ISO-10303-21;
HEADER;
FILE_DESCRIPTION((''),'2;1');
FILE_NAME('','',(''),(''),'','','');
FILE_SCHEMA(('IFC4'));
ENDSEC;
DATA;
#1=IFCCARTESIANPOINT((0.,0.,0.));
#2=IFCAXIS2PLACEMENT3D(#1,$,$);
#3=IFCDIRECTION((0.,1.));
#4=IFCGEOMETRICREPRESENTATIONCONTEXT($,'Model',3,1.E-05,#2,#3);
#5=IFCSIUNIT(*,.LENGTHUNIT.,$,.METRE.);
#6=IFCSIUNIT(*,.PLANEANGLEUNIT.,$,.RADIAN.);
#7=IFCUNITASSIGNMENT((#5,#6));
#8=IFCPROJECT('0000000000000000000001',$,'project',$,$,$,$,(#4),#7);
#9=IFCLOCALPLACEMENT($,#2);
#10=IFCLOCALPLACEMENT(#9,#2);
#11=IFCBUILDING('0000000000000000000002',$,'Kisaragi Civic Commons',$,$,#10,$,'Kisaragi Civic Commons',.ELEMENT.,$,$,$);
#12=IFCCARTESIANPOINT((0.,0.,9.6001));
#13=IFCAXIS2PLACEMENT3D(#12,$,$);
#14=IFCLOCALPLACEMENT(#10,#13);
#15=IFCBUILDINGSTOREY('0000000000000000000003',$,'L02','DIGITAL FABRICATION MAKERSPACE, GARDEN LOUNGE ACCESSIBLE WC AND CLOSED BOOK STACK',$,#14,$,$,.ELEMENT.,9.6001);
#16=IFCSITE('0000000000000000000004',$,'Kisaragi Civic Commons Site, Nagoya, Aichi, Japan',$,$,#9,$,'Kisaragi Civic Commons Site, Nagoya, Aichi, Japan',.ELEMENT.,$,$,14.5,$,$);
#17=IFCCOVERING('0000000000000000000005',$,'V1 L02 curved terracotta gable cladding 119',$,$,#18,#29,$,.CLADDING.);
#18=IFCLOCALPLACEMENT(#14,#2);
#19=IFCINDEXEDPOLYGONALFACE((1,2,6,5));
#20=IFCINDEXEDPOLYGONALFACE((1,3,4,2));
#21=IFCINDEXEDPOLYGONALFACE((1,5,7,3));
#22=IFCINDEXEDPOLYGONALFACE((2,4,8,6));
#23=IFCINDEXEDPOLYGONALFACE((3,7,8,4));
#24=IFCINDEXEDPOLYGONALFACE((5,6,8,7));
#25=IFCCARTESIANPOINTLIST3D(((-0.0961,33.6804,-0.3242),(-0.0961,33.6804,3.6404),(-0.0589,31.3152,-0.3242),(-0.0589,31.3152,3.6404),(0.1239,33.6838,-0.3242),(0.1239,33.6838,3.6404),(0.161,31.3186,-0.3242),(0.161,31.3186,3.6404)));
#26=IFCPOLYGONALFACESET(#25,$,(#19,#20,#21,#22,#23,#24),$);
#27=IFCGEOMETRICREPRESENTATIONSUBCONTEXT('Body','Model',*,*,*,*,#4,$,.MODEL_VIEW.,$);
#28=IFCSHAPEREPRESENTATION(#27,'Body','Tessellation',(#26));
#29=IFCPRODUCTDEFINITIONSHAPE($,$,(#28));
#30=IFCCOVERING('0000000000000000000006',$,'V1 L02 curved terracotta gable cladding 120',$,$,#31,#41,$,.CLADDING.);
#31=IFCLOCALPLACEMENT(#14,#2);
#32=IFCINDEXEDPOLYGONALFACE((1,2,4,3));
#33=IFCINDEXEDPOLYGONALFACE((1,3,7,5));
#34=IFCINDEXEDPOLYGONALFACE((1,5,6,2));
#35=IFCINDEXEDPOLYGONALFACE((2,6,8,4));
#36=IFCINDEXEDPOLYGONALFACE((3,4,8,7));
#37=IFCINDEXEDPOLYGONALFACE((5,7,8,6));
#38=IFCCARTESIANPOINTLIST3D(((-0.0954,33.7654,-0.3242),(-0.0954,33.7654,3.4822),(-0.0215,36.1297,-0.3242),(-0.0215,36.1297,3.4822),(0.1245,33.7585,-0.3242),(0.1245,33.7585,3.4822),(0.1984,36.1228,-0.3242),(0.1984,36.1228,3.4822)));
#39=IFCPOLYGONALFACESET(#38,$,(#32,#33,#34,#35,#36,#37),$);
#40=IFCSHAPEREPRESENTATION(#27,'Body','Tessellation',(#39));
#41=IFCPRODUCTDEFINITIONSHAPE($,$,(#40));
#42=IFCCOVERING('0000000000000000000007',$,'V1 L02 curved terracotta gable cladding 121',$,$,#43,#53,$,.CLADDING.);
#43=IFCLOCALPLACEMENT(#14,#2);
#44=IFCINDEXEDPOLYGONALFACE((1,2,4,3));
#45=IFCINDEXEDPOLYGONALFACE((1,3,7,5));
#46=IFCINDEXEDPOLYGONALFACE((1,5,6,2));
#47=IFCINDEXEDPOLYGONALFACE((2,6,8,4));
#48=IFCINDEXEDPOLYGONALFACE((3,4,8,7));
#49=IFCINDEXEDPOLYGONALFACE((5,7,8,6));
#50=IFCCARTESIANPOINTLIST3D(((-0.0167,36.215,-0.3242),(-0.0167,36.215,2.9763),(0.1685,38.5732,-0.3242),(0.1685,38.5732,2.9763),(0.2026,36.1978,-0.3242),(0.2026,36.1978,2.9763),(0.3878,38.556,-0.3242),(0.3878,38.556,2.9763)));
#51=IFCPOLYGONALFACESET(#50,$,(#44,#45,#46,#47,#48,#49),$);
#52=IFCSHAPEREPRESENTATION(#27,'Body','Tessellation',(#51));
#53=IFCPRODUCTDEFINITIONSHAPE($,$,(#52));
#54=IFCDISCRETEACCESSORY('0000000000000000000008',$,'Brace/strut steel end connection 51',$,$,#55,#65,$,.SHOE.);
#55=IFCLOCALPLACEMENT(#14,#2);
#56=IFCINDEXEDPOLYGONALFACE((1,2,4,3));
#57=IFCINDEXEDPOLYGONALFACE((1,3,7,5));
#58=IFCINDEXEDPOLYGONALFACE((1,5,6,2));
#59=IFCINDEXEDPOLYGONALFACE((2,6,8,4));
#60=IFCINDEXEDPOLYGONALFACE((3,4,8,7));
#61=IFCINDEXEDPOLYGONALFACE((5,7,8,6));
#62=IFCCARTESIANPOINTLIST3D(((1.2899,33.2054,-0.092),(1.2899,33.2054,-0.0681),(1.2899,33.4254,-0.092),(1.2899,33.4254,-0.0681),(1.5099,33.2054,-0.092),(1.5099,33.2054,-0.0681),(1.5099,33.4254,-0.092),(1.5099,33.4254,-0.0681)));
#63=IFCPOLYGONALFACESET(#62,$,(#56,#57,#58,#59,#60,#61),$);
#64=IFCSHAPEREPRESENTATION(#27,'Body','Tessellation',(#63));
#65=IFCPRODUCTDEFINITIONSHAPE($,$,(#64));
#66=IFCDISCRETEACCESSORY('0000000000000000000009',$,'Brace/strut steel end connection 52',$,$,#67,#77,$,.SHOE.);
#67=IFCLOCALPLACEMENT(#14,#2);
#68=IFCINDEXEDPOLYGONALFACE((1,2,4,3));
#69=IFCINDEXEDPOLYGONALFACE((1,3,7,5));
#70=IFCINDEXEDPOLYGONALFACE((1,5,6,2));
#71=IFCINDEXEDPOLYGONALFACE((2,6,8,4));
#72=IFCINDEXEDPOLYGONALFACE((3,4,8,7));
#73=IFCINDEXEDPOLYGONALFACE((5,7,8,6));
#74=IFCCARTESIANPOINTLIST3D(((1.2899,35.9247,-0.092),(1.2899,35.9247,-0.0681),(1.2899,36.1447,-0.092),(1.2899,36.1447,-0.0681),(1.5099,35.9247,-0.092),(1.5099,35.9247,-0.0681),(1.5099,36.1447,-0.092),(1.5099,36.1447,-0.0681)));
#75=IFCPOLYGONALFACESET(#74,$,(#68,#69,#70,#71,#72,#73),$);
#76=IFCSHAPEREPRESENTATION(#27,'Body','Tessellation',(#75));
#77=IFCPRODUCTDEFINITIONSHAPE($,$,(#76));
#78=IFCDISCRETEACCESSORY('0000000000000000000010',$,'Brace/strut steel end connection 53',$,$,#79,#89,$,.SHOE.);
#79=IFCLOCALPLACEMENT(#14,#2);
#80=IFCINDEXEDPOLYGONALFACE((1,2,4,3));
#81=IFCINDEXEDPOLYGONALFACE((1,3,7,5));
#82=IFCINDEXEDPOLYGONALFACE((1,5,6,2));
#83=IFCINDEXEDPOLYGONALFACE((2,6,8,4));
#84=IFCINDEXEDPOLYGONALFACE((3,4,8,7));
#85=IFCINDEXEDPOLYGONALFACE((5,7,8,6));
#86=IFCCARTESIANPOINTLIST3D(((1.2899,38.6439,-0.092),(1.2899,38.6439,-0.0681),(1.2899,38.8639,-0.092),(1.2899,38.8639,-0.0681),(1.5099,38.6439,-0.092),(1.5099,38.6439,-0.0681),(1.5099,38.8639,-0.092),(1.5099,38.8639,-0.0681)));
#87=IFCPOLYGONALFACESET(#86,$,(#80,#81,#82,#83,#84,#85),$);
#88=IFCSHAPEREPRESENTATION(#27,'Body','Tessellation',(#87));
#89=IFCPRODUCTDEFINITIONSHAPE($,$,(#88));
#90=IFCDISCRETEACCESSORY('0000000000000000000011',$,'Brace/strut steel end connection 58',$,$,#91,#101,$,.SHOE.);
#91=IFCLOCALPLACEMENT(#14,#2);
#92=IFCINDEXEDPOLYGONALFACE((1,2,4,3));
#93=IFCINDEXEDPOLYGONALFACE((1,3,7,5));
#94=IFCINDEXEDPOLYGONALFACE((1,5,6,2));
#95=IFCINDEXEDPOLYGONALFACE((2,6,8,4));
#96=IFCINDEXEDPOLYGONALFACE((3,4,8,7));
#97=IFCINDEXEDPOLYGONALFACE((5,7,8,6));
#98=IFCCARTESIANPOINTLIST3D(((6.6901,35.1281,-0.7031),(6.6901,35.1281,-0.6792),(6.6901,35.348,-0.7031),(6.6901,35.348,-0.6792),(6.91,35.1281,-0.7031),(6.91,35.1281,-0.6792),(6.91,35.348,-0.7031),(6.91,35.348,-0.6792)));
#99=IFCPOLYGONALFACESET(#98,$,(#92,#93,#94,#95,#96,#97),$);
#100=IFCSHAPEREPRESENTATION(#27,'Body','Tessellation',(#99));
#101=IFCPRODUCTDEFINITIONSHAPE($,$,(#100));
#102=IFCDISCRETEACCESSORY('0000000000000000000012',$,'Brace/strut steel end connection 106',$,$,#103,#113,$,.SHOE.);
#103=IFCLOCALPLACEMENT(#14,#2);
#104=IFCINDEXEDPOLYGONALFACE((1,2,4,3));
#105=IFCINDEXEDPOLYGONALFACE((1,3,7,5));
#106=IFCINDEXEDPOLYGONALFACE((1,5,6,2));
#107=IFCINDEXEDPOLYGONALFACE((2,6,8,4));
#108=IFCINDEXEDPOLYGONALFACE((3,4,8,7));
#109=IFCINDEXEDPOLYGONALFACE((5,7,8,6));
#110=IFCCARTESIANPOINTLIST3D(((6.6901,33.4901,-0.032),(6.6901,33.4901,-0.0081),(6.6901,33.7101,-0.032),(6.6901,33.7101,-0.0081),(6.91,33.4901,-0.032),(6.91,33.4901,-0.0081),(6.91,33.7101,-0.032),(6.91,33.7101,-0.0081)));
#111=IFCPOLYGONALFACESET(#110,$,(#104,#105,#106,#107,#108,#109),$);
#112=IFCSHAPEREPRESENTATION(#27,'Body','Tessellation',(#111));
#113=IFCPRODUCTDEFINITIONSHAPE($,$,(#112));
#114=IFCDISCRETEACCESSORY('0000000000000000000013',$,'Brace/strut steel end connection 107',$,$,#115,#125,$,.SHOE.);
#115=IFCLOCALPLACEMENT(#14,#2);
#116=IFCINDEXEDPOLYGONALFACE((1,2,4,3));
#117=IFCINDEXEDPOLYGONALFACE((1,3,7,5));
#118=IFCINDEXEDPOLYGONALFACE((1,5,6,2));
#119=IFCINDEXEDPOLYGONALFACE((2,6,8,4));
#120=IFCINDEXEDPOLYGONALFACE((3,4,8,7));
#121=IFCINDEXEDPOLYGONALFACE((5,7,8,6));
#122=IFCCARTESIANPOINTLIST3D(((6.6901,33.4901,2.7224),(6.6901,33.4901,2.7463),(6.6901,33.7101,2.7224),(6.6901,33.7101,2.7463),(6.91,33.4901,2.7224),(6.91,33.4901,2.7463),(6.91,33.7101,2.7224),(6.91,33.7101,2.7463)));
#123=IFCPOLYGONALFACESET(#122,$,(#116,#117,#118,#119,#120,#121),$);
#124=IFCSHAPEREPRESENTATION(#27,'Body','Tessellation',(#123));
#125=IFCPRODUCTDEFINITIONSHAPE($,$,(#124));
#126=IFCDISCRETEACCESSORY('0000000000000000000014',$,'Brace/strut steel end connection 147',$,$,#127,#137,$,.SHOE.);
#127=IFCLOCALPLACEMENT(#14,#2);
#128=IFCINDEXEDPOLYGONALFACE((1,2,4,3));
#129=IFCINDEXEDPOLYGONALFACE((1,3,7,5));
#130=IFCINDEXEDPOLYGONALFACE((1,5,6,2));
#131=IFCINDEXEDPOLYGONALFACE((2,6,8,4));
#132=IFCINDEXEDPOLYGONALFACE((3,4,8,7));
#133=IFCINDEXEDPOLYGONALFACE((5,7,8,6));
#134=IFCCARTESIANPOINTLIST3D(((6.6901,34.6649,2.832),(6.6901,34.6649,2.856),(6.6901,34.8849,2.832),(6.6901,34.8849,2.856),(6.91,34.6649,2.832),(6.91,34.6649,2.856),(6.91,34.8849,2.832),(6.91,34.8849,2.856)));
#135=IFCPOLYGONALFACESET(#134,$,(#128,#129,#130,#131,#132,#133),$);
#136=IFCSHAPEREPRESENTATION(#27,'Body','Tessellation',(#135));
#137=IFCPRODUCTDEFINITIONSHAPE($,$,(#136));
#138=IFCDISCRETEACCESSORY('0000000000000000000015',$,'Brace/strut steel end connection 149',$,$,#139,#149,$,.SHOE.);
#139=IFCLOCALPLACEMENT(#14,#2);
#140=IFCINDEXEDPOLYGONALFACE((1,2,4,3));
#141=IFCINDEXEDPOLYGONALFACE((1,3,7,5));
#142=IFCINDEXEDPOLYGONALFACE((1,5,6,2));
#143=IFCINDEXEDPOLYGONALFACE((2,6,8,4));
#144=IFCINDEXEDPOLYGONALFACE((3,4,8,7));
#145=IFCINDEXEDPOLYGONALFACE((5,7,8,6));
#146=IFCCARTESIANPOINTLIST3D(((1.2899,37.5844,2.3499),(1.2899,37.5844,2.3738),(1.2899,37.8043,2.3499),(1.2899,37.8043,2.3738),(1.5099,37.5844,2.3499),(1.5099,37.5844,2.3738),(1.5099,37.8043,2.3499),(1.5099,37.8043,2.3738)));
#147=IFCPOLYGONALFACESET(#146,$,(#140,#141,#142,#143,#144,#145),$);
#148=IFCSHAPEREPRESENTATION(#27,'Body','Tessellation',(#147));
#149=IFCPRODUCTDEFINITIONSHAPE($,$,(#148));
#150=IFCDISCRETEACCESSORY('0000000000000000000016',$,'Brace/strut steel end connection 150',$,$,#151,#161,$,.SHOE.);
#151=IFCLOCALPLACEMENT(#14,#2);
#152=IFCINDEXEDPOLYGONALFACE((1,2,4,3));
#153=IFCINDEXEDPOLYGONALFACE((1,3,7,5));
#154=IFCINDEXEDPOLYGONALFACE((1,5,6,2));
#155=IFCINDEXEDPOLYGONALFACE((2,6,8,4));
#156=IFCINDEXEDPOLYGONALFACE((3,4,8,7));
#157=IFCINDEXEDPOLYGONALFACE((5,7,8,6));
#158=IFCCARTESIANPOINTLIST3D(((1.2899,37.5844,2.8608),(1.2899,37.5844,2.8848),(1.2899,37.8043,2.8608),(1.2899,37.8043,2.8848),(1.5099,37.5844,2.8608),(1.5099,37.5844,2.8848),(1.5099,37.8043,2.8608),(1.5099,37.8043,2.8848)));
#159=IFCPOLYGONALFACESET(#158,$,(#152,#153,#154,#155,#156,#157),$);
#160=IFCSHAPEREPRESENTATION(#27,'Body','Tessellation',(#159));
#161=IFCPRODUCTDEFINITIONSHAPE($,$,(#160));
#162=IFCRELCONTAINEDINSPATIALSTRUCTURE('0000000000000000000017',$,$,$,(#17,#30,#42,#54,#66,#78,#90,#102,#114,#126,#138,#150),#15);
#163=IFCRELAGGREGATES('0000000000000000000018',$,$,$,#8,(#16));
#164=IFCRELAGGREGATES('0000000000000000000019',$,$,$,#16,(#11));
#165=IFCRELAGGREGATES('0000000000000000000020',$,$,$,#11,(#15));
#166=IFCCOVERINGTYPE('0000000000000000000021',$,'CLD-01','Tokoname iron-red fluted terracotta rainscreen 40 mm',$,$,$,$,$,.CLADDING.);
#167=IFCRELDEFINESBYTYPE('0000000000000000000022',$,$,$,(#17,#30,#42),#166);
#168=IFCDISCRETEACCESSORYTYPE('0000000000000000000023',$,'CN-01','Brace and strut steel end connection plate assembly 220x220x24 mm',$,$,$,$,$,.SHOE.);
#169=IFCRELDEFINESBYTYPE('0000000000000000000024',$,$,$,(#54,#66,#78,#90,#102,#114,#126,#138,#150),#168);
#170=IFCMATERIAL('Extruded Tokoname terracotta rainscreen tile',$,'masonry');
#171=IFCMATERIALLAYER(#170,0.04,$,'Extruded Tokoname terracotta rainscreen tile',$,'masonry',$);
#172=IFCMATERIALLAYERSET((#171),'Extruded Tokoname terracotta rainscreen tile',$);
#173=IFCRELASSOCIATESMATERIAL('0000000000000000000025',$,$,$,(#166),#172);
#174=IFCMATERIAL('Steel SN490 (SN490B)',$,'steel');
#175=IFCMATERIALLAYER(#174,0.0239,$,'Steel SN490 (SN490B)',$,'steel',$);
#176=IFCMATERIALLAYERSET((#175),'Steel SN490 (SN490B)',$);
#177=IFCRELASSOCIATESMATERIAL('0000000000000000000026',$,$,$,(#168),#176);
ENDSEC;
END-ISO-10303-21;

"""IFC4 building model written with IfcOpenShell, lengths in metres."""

from ifc_helpers import new_model, si_unit, direction, frame, origin, origin_2d, place, context, subcontext, project, spatial, rectangle, extrude, material, layer, layer_set, type_object, element, save


model = new_model("IFC4")

# Units and contexts
model_context = context("Model", 3, precision=1e-05, world=origin(), true_north=direction((0.0, 1.0)))
body_context = subcontext(model_context, "Body", "Model", "MODEL_VIEW")
ifc_project = project(units=[si_unit("LENGTHUNIT", "METRE"), si_unit("PLANEANGLEUNIT", "RADIAN")], contexts=[model_context])

# Site, building, storey
site_placement = place(None, origin())
site = spatial("IfcSite", under=ifc_project, at=site_placement, Name="Kisaragi Civic Commons Site, Nagoya, Aichi, Japan", LongName="Kisaragi Civic Commons Site, Nagoya, Aichi, Japan", CompositionType="ELEMENT", RefElevation=14.5)
building_placement = place(site_placement, origin())
building = spatial("IfcBuilding", under=site, at=building_placement, Name="Kisaragi Civic Commons", LongName="Kisaragi Civic Commons", CompositionType="ELEMENT")
storey_placement = place(building_placement, frame((0.0, 0.0, 9.6001)))
storey = spatial("IfcBuildingStorey", under=building, at=storey_placement, Name="L02", Description="DIGITAL FABRICATION MAKERSPACE, GARDEN LOUNGE ACCESSIBLE WC AND CLOSED BOOK STACK", CompositionType="ELEMENT", Elevation=9.6001)

# Shared definitions
ifc_material_1 = material(Name="Steel SN490 (SN490B)", Category="steel")

# Coverings
ifc_material_2 = material(Name="Extruded Tokoname terracotta rainscreen tile", Category="masonry")
ifc_layer_1 = layer(ifc_material_2, 0.04, Name="Extruded Tokoname terracotta rainscreen tile", Category="masonry")
ifc_layer_set_1 = layer_set([ifc_layer_1], Name="Extruded Tokoname terracotta rainscreen tile")
covering_type = type_object("IfcCoveringType", Name="CLD-01", Description="Tokoname iron-red fluted terracotta rainscreen 40 mm", PredefinedType="CLADDING", material=ifc_layer_set_1)
covering_1_placement = place(storey_placement, frame((0.0325, 32.4995, -0.3242), z_axis=(0.0, 0.0, 1.0), x_axis=(-0.015707, 0.999877, 0.0)))
element("IfcCovering", 1, at=covering_1_placement, inside=storey, type_object=covering_type, Name="V1 L02 curved terracotta gable cladding 119", PredefinedType="CLADDING", context=body_context, shape_type="SweptSolid", body=[
    extrude(rectangle(XDim=2.3655, YDim=0.22, at=origin_2d()), origin(), (0.0, 0.0, 1.0), 3.9646),
])
covering_2_placement = place(storey_placement, frame((0.0515, 34.9441, -0.3242), z_axis=(0.0, 0.0, 1.0), x_axis=(0.031236, 0.999512, 0.0)))
element("IfcCovering", 2, at=covering_2_placement, inside=storey, type_object=covering_type, Name="V1 L02 curved terracotta gable cladding 120", PredefinedType="CLADDING", context=body_context, shape_type="SweptSolid", body=[
    extrude(rectangle(XDim=2.3655, YDim=0.22, at=origin_2d()), origin(), (0.0, 0.0, 1.0), 3.8064),
])
covering_3_placement = place(storey_placement, frame((0.1855, 37.3855, -0.3242), z_axis=(0.0, 0.0, 1.0), x_axis=(0.078285, 0.996931, 0.0)))
element("IfcCovering", 3, at=covering_3_placement, inside=storey, type_object=covering_type, Name="V1 L02 curved terracotta gable cladding 121", PredefinedType="CLADDING", context=body_context, shape_type="SweptSolid", body=[
    extrude(rectangle(XDim=2.3655, YDim=0.22, at=origin_2d()), origin(), (0.0, 0.0, 1.0), 3.3005),
])

# Discrete accessories
ifc_layer_2 = layer(ifc_material_1, 0.0239, Name="Steel SN490 (SN490B)", Category="steel")
ifc_layer_set_2 = layer_set([ifc_layer_2], Name="Steel SN490 (SN490B)")
discrete_accessory_type = type_object("IfcDiscreteAccessoryType", Name="CN-01", Description="Brace and strut steel end connection plate assembly 220x220x24 mm", PredefinedType="SHOE", material=ifc_layer_set_2)
for number, where, z_axis, x_axis, name in (
    (4, (1.3999, 33.3154, -0.092), (0.0, 0.0, 1.0), (1.0, 0.0, 0.0), "Brace/strut steel end connection 51"),
    (5, (1.3999, 36.0347, -0.092), (0.0, 0.0, 1.0), (1.0, 0.0, 0.0), "Brace/strut steel end connection 52"),
    (6, (1.3999, 38.7539, -0.092), (0.0, 0.0, 1.0), (1.0, 0.0, 0.0), "Brace/strut steel end connection 53"),
    (7, (6.8, 35.238, -0.7031), (0.0, 0.0, 1.0), (1.0, 0.0, 0.0), "Brace/strut steel end connection 58"),
    (8, (6.8, 33.6001, -0.032), (0.0, 0.0, 1.0), (1.0, 0.0, 0.0), "Brace/strut steel end connection 106"),
    (9, (6.8, 33.6001, 2.7224), (0.0, 0.0, 1.0), (1.0, 0.0, 0.0), "Brace/strut steel end connection 107"),
    (10, (6.8, 34.7749, 2.832), (0.0, 0.0, 1.0), (1.0, 0.0, 0.0), "Brace/strut steel end connection 147"),
    (11, (1.3999, 37.6943, 2.3499), (0.0, 0.0, 1.0), (1.0, 0.0, 0.0), "Brace/strut steel end connection 149"),
    (12, (1.3999, 37.6943, 2.8608), (0.0, 0.0, 1.0), (1.0, 0.0, 0.0), "Brace/strut steel end connection 150"),
):
    element("IfcDiscreteAccessory", number, at=place(storey_placement, frame(where, z_axis=z_axis, x_axis=x_axis)), inside=storey, type_object=discrete_accessory_type, Name=name, PredefinedType="SHOE", context=body_context, shape_type="SweptSolid", body=[
        extrude(rectangle(XDim=0.22, YDim=0.22, at=origin_2d()), origin(), (0.0, 0.0, 1.0), 0.0239),
    ])

save(model, "model.ifc")
